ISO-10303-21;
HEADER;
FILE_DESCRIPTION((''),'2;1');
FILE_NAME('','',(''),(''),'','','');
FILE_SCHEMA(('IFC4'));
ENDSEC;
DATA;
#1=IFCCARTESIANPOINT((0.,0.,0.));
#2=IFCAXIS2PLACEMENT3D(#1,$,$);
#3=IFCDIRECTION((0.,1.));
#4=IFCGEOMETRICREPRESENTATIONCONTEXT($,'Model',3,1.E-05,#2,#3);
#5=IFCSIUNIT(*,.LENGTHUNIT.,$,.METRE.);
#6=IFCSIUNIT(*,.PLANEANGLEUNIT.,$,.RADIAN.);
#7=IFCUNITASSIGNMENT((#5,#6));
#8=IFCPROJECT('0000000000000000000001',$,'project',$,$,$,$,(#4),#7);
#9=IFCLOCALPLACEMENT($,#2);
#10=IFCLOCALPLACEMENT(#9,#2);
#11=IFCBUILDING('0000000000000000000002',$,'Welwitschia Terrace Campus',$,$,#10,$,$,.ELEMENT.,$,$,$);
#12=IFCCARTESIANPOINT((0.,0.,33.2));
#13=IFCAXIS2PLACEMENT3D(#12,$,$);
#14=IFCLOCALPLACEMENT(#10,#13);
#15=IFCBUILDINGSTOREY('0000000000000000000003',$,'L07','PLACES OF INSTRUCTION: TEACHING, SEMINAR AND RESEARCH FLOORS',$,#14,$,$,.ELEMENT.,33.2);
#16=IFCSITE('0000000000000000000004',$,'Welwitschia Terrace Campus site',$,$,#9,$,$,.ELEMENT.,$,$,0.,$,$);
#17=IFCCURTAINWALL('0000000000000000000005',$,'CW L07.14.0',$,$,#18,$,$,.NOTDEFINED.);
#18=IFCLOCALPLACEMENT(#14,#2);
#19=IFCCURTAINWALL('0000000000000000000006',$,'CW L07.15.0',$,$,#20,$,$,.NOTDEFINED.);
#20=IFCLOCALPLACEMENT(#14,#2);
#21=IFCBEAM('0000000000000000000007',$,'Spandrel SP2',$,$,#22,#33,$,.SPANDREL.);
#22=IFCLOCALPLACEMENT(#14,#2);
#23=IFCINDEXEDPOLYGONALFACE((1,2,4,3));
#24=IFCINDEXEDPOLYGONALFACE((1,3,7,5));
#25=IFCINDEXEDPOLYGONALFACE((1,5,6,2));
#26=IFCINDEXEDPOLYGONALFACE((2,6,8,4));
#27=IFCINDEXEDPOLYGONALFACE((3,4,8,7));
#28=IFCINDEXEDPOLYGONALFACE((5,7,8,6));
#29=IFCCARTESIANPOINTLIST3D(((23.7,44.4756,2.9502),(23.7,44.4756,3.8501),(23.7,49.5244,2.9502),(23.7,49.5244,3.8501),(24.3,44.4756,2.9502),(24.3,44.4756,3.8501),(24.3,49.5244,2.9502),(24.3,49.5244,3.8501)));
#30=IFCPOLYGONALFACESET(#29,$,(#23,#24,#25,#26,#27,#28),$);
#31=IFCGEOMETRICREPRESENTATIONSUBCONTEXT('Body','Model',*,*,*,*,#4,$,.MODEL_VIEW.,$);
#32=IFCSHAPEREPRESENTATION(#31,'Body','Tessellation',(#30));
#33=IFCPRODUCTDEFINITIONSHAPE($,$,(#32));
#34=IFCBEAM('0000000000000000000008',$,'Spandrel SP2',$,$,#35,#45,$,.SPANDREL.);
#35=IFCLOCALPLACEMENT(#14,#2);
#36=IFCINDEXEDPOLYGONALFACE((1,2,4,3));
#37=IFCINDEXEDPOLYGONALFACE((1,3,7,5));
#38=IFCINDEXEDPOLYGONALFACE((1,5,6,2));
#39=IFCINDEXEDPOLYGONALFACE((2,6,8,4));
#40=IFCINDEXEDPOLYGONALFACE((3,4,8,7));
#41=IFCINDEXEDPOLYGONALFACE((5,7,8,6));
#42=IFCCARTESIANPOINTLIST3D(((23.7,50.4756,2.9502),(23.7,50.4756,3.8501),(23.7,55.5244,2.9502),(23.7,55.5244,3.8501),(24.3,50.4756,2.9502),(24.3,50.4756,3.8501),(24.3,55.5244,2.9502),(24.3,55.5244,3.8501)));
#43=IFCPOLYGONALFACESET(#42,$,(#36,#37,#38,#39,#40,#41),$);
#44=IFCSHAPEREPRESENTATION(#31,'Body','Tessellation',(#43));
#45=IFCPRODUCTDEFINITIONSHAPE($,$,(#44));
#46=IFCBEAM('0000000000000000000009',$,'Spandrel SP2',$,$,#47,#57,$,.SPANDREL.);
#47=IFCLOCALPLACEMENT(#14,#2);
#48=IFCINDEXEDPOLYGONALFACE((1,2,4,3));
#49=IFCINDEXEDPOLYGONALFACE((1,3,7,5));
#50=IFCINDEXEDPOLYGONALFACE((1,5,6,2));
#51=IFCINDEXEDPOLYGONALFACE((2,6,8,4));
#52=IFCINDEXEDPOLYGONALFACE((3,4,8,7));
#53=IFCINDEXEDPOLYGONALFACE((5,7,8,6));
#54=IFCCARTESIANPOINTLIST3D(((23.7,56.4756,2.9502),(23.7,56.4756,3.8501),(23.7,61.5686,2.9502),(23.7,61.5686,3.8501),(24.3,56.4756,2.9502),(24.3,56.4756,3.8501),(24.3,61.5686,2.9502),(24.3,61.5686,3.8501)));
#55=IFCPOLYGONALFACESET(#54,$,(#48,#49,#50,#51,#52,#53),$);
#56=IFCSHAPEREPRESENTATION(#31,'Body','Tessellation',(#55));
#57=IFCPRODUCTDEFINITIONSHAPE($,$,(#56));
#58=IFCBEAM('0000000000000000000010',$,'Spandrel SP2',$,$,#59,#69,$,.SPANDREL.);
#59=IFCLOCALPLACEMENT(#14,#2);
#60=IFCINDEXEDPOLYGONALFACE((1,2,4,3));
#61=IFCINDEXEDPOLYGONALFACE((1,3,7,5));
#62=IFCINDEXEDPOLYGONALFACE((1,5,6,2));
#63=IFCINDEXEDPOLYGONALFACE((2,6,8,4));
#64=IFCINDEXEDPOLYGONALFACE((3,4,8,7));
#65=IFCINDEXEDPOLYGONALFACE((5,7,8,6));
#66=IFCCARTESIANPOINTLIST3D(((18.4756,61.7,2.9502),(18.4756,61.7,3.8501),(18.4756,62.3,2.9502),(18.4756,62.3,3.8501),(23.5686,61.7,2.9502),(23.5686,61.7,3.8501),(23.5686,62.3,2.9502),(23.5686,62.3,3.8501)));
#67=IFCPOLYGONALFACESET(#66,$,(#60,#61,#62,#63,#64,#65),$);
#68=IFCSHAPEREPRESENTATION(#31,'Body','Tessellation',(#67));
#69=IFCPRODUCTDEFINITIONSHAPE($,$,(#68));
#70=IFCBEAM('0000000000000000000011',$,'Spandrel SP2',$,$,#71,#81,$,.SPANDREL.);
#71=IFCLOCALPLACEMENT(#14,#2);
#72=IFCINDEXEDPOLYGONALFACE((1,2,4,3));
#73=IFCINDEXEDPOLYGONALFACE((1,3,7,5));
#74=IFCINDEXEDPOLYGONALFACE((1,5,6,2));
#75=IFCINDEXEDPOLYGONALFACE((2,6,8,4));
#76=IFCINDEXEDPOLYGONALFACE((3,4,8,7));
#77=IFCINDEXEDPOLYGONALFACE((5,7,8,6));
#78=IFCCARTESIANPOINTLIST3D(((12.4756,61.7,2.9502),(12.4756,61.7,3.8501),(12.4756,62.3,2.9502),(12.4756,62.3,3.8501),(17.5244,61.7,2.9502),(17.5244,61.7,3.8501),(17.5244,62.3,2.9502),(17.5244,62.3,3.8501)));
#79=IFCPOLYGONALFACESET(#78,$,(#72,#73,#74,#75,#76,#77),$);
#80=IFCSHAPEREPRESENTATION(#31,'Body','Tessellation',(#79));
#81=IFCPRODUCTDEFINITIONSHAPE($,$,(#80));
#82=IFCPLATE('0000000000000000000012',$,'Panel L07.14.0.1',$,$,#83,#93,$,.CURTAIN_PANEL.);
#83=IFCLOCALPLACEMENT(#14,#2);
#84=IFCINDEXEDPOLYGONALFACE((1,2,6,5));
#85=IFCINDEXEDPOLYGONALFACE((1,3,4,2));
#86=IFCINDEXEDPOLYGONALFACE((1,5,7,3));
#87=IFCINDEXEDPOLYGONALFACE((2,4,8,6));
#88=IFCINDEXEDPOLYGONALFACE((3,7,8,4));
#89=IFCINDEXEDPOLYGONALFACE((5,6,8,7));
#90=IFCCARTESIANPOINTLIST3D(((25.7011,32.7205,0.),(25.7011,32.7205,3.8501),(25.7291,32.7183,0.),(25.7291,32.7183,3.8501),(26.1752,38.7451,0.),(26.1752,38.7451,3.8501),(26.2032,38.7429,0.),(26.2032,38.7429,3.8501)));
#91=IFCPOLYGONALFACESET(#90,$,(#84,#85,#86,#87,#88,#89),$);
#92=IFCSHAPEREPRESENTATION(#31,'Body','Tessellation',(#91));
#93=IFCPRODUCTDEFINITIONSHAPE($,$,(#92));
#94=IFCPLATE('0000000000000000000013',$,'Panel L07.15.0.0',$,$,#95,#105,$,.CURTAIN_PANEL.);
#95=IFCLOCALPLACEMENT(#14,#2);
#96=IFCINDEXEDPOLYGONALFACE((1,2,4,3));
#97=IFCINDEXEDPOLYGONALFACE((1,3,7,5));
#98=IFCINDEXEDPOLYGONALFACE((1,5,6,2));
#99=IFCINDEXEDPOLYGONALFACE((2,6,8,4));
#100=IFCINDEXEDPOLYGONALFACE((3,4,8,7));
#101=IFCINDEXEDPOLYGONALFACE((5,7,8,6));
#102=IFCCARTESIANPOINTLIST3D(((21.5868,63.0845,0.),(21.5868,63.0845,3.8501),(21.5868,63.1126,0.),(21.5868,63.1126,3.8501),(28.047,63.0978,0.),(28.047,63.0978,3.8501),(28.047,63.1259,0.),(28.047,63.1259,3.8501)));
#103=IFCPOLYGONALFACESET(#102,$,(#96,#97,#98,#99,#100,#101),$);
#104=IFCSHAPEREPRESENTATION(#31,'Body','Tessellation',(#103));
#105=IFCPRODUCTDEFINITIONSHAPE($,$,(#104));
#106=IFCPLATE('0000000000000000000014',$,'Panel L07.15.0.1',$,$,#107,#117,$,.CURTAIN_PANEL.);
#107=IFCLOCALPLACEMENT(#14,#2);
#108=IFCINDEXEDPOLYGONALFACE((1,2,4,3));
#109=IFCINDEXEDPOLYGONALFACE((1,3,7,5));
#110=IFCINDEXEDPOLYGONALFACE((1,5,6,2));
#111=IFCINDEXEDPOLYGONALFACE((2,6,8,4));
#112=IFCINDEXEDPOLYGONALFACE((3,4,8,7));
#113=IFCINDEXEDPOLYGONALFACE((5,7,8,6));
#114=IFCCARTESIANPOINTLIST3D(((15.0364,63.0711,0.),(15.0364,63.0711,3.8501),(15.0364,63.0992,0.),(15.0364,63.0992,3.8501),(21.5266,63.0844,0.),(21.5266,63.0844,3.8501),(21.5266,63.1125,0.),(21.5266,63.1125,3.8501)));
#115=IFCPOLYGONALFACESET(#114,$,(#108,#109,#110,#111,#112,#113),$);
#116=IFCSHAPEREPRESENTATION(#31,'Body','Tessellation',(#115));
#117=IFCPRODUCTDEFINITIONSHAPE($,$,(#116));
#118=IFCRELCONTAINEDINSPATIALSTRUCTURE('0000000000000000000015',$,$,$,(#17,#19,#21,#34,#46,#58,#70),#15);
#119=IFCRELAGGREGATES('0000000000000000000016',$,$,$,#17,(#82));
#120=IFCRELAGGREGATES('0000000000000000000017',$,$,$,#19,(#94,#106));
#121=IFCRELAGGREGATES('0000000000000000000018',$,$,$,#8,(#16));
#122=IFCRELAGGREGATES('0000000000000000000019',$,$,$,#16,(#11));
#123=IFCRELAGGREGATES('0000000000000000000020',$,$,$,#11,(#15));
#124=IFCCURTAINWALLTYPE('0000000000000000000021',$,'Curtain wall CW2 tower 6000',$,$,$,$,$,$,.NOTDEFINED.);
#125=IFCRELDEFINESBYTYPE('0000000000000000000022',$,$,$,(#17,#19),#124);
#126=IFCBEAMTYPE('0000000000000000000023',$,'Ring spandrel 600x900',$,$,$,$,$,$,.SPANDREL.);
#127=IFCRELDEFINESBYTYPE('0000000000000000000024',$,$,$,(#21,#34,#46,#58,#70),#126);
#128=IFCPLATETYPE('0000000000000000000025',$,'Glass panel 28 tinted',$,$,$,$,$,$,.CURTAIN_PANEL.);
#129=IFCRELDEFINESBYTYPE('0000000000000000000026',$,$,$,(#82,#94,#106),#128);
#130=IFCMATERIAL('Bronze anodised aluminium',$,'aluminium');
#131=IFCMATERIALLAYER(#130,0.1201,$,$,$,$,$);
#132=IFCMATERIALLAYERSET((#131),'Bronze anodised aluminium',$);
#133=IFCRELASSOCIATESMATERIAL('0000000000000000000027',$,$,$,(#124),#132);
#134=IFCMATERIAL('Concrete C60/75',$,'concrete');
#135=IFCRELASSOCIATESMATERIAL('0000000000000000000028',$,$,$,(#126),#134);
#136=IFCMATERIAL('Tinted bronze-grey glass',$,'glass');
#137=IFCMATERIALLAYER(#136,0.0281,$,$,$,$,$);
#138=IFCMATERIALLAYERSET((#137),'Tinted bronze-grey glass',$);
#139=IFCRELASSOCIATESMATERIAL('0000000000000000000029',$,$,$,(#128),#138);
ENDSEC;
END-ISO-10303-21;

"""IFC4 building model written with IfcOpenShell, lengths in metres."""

from ifc_helpers import new_model, si_unit, direction, frame, origin, origin_2d, place, context, subcontext, project, spatial, rectangle, extrude, material, layer, layer_set, material_profile, profile_set, type_object, element, aggregate, save


model = new_model("IFC4")

# Units and contexts
model_context = context("Model", 3, precision=1e-05, world=origin(), true_north=direction((0.0, 1.0)))
body_context = subcontext(model_context, "Body", "Model", "MODEL_VIEW")
ifc_project = project(units=[si_unit("LENGTHUNIT", "METRE"), si_unit("PLANEANGLEUNIT", "RADIAN")], contexts=[model_context])

# Site, building, storey
site_placement = place(None, origin())
site = spatial("IfcSite", under=ifc_project, at=site_placement, Name="Welwitschia Terrace Campus site", CompositionType="ELEMENT", RefElevation=0.0)
building_placement = place(site_placement, origin())
building = spatial("IfcBuilding", under=site, at=building_placement, Name="Welwitschia Terrace Campus", CompositionType="ELEMENT")
storey_placement = place(building_placement, frame((0.0, 0.0, 33.2)))
storey = spatial("IfcBuildingStorey", under=building, at=storey_placement, Name="L07", Description="PLACES OF INSTRUCTION: TEACHING, SEMINAR AND RESEARCH FLOORS", CompositionType="ELEMENT", Elevation=33.2)

# Curtain walls
ifc_material_1 = material(Name="Bronze anodised aluminium", Category="aluminium")
ifc_layer_1 = layer(ifc_material_1, 0.1201)
ifc_layer_set_1 = layer_set([ifc_layer_1], Name="Bronze anodised aluminium")
curtain_wall_type = type_object("IfcCurtainWallType", Name="Curtain wall CW2 tower 6000", PredefinedType="NOTDEFINED", material=ifc_layer_set_1)
curtain_wall_1_placement = place(storey_placement, origin())
curtain_wall_1 = element("IfcCurtainWall", 1, at=curtain_wall_1_placement, inside=storey, type_object=curtain_wall_type, Name="CW L07.14.0", PredefinedType="NOTDEFINED")
curtain_wall_2_placement = place(storey_placement, origin())
curtain_wall_2 = element("IfcCurtainWall", 2, at=curtain_wall_2_placement, inside=storey, type_object=curtain_wall_type, Name="CW L07.15.0", PredefinedType="NOTDEFINED")

# Beams
ifc_material_2 = material(Name="Concrete C60/75", Category="concrete")
ifc_material_profile_1 = material_profile(ifc_material_2, rectangle(XDim=0.6001, YDim=0.8999, at=origin_2d()))
ifc_profile_set_1 = profile_set([ifc_material_profile_1], Name="Concrete C60/75")
beam_type_1 = type_object("IfcBeamType", Name="Ring spandrel 600x900", PredefinedType="SPANDREL", material=ifc_profile_set_1)
for number, where, z_axis, x_axis, name in (
    (3, (24.0, 44.4756, 3.4001), (0.0, 1.0, 0.0), (-1.0, 0.0, 0.0), "Spandrel SP2"),
    (4, (24.0, 50.4756, 3.4001), (0.0, 1.0, 0.0), (-1.0, 0.0, 0.0), "Spandrel SP2"),
):
    element("IfcBeam", number, at=place(storey_placement, frame(where, z_axis=z_axis, x_axis=x_axis)), inside=storey, type_object=beam_type_1, Name=name, PredefinedType="SPANDREL", context=body_context, shape_type="SweptSolid", body=[
        extrude(rectangle(XDim=0.6001, YDim=0.8999, at=origin_2d()), origin(), (0.0, 0.0, 1.0), 5.0488),
    ])
for number, where, z_axis, x_axis, name in (
    (5, (24.0, 56.4756, 3.4001), (0.0, 1.0, 0.0), (-1.0, 0.0, 0.0), "Spandrel SP2"),
    (6, (23.5686, 62.0, 3.4001), (-1.0, 0.0, 0.0), (0.0, -1.0, 0.0), "Spandrel SP2"),
):
    element("IfcBeam", number, at=place(storey_placement, frame(where, z_axis=z_axis, x_axis=x_axis)), inside=storey, type_object=beam_type_1, Name=name, PredefinedType="SPANDREL", context=body_context, shape_type="SweptSolid", body=[
        extrude(rectangle(XDim=0.6001, YDim=0.8999, at=origin_2d()), origin(), (0.0, 0.0, 1.0), 5.093),
    ])
beam_1_placement = place(storey_placement, frame((17.5244, 62.0, 3.4001), z_axis=(-1.0, 0.0, 0.0), x_axis=(0.0, -1.0, 0.0)))
element("IfcBeam", 7, at=beam_1_placement, inside=storey, type_object=beam_type_1, Name="Spandrel SP2", PredefinedType="SPANDREL", context=body_context, shape_type="SweptSolid", body=[
    extrude(rectangle(XDim=0.6001, YDim=0.8999, at=origin_2d()), origin(), (0.0, 0.0, 1.0), 5.0488),
])

# Plates
ifc_material_3 = material(Name="Tinted bronze-grey glass", Category="glass")
ifc_layer_2 = layer(ifc_material_3, 0.0281)
ifc_layer_set_2 = layer_set([ifc_layer_2], Name="Tinted bronze-grey glass")
plate_type = type_object("IfcPlateType", Name="Glass panel 28 tinted", PredefinedType="CURTAIN_PANEL", material=ifc_layer_set_2)
plate_1_placement = place(storey_placement, frame((25.9521, 35.7317, 0.0), z_axis=(0.0, 0.0, 1.0), x_axis=(0.078459, 0.996917, 0.0)))
plate_1 = element("IfcPlate", 8, at=plate_1_placement, type_object=plate_type, Name="Panel L07.14.0.1", PredefinedType="CURTAIN_PANEL", context=body_context, shape_type="SweptSolid", body=[
    extrude(rectangle(XDim=6.0432, YDim=0.0281, at=origin_2d()), origin(), (0.0, 0.0, 1.0), 3.8501),
])
aggregate(curtain_wall_1, [plate_1])
plate_2_placement = place(storey_placement, frame((24.8169, 63.1052, 0.0), z_axis=(0.0, 0.0, 1.0), x_axis=(-0.999998, -0.002058, 0.0)))
plate_2 = element("IfcPlate", 9, at=plate_2_placement, type_object=plate_type, Name="Panel L07.15.0.0", PredefinedType="CURTAIN_PANEL", context=body_context, shape_type="SweptSolid", body=[
    extrude(rectangle(XDim=6.4602, YDim=0.0281, at=origin_2d()), origin(), (0.0, 0.0, 1.0), 3.8501),
])
plate_3_placement = place(storey_placement, frame((18.2815, 63.0918, 0.0), z_axis=(0.0, 0.0, 1.0), x_axis=(-0.999998, -0.002058, 0.0)))
plate_3 = element("IfcPlate", 10, at=plate_3_placement, type_object=plate_type, Name="Panel L07.15.0.1", PredefinedType="CURTAIN_PANEL", context=body_context, shape_type="SweptSolid", body=[
    extrude(rectangle(XDim=6.4902, YDim=0.0281, at=origin_2d()), origin(), (0.0, 0.0, 1.0), 3.8501),
])
aggregate(curtain_wall_2, [plate_2, plate_3])

save(model, "model.ifc")
